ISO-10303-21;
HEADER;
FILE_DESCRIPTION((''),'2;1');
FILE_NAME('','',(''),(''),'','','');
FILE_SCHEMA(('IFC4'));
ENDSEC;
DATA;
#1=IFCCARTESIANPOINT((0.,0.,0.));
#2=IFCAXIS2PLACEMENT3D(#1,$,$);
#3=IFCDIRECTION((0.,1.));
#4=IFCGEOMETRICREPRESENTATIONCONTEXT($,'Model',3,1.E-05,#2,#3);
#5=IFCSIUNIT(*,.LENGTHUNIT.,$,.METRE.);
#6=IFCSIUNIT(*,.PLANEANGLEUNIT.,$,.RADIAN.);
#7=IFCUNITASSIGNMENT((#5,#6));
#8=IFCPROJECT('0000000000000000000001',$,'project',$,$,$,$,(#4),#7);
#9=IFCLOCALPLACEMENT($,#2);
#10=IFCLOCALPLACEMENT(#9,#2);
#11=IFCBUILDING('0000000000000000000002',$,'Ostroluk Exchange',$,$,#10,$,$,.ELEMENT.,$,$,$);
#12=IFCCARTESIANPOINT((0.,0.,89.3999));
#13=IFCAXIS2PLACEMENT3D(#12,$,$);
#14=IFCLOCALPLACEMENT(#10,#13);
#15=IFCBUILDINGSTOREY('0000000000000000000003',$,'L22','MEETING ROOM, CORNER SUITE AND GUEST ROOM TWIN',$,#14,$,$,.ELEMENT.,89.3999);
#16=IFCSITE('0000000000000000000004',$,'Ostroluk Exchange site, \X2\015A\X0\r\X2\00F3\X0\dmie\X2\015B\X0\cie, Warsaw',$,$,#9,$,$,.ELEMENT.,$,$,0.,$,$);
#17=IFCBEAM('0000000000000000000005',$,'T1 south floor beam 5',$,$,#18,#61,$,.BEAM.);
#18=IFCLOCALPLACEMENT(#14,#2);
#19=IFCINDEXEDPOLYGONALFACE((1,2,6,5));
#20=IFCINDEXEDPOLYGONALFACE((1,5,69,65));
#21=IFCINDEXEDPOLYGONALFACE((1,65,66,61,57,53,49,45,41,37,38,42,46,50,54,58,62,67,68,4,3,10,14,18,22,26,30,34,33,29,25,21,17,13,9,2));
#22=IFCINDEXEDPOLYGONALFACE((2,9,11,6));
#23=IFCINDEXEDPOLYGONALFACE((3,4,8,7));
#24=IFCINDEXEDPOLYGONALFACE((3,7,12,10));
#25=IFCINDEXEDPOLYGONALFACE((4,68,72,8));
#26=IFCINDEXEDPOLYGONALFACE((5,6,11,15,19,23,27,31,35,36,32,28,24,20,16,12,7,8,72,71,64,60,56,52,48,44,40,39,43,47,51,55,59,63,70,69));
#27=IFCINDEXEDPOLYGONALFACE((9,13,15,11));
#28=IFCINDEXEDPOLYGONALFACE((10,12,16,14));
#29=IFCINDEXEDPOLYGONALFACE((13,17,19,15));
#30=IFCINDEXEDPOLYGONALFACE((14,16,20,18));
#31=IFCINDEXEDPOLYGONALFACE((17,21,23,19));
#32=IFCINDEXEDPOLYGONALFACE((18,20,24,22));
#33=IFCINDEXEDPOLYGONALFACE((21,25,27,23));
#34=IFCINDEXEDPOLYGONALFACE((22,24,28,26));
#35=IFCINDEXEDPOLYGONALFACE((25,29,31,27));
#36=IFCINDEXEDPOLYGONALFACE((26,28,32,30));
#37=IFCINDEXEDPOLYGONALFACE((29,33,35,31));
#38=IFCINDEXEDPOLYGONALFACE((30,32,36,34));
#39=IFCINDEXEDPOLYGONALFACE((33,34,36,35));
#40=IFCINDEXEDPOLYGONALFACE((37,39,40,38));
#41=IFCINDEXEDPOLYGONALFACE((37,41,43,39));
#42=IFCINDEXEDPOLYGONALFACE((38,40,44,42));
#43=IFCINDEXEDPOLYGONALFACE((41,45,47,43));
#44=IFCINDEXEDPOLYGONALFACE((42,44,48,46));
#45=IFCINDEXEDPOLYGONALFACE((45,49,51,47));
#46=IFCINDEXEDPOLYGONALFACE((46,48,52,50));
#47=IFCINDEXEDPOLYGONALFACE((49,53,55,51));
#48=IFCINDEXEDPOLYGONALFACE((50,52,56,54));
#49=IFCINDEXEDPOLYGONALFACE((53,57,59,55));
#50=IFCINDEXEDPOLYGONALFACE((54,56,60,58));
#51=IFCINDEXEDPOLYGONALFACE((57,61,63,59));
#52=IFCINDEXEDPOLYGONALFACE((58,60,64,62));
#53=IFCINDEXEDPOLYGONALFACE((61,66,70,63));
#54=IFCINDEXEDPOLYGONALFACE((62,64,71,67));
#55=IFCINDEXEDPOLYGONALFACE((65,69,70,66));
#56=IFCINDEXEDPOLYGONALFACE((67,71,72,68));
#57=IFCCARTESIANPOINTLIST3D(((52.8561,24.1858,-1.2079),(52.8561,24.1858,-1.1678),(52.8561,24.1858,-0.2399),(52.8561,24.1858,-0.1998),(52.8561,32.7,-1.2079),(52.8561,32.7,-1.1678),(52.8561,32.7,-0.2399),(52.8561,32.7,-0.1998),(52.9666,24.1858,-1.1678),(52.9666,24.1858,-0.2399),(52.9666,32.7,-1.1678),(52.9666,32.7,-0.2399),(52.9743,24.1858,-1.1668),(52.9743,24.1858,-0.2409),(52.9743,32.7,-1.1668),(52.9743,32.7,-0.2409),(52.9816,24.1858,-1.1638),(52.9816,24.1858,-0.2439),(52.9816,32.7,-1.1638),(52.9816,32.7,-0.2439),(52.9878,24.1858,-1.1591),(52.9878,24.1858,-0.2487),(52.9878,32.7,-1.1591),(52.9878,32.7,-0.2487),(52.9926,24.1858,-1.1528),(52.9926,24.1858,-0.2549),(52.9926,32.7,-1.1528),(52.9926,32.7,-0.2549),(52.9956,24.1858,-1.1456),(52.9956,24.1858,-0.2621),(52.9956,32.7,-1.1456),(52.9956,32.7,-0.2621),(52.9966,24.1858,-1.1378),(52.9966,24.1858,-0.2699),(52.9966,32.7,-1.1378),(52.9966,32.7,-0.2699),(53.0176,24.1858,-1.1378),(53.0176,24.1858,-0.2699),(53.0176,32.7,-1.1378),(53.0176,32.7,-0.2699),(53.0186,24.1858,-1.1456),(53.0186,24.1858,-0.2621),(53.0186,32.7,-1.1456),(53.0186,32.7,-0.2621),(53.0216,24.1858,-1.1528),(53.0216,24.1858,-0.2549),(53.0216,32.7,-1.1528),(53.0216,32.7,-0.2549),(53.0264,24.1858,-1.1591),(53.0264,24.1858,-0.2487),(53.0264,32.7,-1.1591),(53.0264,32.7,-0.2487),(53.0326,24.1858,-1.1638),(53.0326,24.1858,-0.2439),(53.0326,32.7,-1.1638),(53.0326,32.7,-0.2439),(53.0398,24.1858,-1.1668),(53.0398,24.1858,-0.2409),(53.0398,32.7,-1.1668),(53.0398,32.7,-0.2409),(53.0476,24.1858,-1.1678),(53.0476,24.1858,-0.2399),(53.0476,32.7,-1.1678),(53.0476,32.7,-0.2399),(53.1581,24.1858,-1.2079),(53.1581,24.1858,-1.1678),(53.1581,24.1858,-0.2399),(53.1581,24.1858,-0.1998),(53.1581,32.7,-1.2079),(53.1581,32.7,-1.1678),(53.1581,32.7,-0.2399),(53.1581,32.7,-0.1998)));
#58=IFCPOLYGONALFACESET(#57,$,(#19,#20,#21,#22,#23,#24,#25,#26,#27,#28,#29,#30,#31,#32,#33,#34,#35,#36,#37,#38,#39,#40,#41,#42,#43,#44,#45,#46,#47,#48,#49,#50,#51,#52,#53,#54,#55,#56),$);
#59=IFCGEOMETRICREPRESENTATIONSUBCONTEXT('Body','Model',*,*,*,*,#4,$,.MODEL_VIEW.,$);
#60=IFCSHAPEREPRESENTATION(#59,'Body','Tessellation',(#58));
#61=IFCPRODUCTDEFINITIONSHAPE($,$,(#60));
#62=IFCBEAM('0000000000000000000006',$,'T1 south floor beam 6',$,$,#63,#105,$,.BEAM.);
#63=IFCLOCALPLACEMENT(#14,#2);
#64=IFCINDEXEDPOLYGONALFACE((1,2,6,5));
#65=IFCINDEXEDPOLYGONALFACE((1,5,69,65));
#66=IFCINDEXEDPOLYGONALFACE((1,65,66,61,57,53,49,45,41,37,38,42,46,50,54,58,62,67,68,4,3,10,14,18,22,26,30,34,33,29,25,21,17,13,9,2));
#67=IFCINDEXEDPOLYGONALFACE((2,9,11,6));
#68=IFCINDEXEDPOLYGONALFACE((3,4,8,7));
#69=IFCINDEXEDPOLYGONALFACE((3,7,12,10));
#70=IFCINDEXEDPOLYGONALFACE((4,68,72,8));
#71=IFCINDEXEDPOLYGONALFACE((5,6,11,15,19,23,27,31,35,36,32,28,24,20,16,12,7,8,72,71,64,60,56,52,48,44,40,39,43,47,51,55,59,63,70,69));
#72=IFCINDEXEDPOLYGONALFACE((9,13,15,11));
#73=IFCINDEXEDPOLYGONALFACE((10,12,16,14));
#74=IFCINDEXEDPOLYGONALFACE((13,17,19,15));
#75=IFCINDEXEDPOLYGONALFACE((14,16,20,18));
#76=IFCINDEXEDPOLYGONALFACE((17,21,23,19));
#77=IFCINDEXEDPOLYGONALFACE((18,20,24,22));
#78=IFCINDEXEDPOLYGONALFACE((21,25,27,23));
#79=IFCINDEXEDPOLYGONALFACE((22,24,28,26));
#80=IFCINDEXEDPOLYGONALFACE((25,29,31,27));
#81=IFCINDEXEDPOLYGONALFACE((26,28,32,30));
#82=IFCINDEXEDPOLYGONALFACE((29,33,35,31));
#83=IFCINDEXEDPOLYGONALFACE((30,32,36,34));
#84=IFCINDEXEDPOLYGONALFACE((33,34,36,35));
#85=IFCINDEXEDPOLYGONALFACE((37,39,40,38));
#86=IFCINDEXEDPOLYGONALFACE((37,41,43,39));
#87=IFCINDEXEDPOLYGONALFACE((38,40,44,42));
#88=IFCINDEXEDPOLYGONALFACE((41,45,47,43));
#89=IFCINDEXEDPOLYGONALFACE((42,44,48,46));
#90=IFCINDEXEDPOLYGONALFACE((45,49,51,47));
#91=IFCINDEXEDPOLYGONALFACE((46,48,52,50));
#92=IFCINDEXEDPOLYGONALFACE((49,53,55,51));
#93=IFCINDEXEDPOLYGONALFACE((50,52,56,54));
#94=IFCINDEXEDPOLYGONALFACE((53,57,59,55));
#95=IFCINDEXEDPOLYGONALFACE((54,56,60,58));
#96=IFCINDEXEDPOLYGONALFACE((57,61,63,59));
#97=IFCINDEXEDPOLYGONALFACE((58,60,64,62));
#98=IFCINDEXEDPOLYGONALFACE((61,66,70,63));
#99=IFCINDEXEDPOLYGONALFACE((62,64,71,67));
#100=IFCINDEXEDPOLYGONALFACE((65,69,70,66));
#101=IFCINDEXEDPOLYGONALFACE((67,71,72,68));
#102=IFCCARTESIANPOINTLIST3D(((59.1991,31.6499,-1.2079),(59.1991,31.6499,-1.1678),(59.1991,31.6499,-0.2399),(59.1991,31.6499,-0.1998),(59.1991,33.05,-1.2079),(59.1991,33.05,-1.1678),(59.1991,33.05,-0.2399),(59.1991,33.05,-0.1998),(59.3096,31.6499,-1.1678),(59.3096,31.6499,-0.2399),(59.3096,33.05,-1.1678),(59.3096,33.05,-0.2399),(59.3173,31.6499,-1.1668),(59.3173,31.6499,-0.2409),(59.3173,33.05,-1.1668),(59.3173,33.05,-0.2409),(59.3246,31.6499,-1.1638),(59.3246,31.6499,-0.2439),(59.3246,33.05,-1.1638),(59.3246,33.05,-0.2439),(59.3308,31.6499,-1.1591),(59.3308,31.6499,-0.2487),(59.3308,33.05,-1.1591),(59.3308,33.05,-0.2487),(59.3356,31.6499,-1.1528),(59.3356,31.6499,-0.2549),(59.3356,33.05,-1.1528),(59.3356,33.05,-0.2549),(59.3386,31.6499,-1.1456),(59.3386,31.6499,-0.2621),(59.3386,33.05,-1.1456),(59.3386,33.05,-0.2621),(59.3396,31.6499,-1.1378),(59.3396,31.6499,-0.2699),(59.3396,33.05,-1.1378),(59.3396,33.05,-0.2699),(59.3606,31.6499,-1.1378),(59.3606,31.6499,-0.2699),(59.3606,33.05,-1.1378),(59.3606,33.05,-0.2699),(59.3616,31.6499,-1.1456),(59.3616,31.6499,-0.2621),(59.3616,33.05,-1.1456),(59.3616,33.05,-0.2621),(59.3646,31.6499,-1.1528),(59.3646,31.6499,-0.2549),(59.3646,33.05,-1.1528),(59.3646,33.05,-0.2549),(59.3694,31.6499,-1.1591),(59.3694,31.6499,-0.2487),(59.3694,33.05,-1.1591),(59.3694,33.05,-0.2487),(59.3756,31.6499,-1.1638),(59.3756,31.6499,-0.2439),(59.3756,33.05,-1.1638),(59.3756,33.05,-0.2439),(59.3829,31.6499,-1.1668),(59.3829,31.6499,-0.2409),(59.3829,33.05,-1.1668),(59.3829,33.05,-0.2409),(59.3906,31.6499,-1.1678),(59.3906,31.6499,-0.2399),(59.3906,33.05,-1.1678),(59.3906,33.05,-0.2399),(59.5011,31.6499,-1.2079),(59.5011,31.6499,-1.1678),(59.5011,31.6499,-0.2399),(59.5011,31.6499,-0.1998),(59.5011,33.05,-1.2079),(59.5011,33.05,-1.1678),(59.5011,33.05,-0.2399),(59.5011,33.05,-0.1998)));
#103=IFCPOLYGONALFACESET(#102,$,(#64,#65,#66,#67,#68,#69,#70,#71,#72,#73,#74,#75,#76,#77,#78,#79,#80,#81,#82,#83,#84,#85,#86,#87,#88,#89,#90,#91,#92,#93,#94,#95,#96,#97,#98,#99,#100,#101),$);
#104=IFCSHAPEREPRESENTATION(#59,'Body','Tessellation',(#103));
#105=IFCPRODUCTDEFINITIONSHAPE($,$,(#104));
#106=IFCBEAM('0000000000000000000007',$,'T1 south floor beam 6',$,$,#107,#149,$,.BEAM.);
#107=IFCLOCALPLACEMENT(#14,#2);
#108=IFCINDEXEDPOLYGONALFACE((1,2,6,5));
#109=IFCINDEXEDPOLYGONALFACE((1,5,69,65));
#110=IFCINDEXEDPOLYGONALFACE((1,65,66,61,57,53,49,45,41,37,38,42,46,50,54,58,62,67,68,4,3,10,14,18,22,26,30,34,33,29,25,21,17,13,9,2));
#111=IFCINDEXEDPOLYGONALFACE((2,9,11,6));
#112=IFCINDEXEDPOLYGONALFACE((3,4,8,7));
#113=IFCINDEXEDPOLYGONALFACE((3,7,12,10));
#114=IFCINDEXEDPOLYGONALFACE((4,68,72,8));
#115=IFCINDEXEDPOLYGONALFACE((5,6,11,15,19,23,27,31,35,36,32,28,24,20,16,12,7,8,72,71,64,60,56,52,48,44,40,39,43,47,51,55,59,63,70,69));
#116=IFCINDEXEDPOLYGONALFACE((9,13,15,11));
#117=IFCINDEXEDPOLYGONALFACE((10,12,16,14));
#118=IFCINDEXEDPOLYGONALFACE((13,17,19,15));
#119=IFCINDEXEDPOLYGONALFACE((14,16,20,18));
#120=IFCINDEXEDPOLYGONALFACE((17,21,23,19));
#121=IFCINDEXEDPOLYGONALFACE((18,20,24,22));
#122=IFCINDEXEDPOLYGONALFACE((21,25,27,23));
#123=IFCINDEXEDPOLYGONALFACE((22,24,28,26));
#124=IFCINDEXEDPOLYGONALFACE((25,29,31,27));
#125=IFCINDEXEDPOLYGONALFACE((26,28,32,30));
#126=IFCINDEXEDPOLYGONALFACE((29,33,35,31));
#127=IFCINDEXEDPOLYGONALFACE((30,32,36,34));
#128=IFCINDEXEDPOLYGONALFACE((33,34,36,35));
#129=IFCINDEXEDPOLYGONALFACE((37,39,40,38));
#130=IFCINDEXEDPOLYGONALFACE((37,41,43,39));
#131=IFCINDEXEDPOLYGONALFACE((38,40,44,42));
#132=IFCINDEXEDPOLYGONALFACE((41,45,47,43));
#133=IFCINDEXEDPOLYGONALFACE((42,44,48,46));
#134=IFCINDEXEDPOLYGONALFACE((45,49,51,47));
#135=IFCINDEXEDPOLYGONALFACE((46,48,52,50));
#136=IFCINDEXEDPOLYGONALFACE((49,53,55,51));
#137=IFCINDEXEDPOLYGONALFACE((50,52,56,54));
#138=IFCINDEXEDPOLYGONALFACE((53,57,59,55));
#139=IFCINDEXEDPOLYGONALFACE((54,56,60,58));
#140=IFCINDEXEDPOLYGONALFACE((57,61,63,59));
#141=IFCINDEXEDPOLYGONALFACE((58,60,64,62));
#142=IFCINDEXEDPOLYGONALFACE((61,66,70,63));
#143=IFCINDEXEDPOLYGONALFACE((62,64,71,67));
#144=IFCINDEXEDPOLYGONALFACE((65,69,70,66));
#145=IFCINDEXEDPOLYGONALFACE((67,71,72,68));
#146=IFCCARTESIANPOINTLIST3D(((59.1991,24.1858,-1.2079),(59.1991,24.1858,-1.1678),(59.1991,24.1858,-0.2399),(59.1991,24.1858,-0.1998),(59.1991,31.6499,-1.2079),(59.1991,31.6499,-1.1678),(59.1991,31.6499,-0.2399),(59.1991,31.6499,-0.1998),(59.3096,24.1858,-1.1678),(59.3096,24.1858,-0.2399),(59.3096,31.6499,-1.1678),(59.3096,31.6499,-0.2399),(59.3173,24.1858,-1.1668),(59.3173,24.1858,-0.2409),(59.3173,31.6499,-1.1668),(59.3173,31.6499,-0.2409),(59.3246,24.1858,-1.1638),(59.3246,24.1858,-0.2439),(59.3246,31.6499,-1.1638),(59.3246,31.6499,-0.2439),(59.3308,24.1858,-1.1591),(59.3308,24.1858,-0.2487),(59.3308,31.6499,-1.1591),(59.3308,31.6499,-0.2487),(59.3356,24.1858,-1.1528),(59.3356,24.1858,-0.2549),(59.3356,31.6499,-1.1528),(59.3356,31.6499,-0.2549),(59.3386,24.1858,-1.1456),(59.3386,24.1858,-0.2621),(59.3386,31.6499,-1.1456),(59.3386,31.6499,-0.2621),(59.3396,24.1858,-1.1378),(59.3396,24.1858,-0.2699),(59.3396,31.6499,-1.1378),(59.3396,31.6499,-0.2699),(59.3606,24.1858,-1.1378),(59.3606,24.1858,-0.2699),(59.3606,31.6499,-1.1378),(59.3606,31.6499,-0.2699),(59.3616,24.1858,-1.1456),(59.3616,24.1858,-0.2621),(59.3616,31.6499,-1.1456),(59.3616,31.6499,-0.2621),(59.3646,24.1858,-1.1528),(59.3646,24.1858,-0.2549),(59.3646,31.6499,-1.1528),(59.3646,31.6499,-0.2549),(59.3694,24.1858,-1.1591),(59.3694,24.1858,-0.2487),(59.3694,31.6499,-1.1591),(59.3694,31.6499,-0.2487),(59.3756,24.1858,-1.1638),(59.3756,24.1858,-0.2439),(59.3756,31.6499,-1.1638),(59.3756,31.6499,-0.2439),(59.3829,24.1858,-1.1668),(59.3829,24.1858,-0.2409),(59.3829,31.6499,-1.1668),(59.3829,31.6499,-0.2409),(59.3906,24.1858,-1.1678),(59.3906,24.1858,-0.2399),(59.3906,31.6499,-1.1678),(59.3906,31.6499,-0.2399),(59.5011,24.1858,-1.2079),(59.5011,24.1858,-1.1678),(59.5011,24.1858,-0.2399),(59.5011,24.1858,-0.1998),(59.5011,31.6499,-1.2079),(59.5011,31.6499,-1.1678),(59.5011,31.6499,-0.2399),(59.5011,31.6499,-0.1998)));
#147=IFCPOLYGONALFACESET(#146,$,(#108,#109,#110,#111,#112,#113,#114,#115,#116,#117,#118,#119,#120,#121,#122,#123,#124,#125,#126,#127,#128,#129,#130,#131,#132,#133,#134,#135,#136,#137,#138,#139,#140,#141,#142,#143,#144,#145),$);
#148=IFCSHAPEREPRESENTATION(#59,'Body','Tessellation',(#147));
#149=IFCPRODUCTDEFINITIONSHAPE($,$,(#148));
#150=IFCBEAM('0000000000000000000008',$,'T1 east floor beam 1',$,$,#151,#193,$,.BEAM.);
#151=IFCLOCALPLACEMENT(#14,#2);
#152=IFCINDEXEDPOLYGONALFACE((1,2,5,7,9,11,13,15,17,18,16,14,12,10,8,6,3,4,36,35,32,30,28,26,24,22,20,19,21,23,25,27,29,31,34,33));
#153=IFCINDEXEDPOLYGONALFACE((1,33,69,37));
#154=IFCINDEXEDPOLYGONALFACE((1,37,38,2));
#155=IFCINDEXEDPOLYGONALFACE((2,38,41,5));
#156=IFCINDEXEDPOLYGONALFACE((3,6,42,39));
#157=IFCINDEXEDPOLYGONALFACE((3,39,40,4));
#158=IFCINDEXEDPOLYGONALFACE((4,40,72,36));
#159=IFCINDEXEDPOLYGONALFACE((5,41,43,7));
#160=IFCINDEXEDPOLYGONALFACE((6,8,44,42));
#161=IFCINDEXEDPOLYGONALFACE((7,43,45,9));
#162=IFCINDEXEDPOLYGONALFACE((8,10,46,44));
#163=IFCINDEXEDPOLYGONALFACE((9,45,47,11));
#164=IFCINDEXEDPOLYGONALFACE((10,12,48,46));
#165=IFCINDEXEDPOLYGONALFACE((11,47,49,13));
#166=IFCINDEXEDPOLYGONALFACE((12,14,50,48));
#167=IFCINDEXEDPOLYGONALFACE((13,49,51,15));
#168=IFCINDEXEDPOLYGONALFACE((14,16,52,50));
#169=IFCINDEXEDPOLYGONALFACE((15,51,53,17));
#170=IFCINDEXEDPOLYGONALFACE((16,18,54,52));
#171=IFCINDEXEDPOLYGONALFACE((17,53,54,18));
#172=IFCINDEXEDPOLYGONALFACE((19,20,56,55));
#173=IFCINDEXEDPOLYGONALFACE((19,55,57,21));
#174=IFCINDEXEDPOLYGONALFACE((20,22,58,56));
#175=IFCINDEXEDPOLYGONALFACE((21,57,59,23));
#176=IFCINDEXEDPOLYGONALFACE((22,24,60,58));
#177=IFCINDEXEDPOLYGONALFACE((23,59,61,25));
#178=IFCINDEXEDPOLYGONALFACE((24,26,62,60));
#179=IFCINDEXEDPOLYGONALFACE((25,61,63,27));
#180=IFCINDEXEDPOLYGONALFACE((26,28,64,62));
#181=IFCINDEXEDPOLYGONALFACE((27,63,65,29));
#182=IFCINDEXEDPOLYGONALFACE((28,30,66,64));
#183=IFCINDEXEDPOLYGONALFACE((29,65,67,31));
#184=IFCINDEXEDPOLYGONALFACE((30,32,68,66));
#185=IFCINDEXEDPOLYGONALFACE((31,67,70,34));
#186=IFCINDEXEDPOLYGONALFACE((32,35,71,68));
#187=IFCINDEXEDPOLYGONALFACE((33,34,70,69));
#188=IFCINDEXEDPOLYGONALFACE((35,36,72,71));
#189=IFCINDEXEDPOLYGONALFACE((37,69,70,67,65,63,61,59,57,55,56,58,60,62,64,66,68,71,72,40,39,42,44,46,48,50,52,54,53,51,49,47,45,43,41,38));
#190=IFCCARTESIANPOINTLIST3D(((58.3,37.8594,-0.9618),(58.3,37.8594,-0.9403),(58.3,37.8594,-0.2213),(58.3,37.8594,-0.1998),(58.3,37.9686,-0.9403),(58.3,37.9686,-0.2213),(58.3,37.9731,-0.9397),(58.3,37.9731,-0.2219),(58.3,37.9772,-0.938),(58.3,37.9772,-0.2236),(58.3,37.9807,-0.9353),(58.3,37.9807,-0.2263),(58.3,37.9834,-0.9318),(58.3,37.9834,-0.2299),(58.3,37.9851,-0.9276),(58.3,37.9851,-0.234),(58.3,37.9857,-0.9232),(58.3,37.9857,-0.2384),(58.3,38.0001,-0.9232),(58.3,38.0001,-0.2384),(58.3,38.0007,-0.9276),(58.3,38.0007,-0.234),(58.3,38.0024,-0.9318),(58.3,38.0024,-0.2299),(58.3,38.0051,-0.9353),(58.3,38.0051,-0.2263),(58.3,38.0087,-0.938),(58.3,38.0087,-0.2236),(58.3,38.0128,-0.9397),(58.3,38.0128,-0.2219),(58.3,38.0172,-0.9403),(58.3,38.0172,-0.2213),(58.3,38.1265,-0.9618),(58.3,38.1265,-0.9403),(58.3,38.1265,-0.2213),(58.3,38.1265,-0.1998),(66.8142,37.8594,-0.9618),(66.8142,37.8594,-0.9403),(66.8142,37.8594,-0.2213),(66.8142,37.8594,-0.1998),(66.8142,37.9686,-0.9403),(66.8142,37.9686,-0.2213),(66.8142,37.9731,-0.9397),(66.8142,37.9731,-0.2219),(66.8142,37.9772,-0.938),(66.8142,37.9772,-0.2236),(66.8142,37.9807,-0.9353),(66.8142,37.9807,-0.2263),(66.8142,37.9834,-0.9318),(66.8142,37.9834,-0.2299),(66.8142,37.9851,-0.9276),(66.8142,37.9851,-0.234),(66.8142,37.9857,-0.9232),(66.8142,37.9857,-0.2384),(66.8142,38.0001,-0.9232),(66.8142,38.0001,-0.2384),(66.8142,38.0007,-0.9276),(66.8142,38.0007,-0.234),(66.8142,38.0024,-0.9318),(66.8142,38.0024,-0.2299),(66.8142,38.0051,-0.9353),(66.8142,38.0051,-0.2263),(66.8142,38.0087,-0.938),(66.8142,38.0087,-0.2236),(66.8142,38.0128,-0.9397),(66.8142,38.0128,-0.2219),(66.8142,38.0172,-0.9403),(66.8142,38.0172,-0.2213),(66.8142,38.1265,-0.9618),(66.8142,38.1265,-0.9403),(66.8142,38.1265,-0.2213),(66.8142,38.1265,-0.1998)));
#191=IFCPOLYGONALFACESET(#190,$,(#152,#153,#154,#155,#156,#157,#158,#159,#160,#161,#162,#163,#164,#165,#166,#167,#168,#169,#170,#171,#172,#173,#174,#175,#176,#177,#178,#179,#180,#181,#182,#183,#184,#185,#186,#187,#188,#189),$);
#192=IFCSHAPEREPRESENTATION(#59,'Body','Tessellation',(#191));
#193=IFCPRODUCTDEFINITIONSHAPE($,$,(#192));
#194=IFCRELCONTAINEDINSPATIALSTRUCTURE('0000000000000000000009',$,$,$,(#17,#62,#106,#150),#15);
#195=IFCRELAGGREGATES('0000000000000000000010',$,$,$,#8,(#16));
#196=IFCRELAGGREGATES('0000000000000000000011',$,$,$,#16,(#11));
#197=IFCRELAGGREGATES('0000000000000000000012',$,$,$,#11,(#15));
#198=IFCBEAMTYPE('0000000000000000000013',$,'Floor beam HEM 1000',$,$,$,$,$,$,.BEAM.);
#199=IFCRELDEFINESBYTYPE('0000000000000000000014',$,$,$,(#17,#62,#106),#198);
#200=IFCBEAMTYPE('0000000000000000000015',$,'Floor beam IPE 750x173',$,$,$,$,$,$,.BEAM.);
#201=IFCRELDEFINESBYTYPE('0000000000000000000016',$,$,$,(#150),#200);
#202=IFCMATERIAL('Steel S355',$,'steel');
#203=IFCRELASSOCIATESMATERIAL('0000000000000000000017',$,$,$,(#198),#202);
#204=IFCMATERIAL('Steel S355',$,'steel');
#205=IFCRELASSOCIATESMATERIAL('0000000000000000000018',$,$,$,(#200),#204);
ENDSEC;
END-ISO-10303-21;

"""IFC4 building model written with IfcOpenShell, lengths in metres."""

from ifc_helpers import new_model, si_unit, direction, frame, origin, origin_2d, place, context, subcontext, project, spatial, i_section, extrude, material, material_profile, profile_set, type_object, element, save


model = new_model("IFC4")

# Units and contexts
model_context = context("Model", 3, precision=1e-05, world=origin(), true_north=direction((0.0, 1.0)))
body_context = subcontext(model_context, "Body", "Model", "MODEL_VIEW")
ifc_project = project(units=[si_unit("LENGTHUNIT", "METRE"), si_unit("PLANEANGLEUNIT", "RADIAN")], contexts=[model_context])

# Site, building, storey
site_placement = place(None, origin())
site = spatial("IfcSite", under=ifc_project, at=site_placement, Name="Ostroluk Exchange site, Śródmieście, Warsaw", CompositionType="ELEMENT", RefElevation=0.0)
building_placement = place(site_placement, origin())
building = spatial("IfcBuilding", under=site, at=building_placement, Name="Ostroluk Exchange", CompositionType="ELEMENT")
storey_placement = place(building_placement, frame((0.0, 0.0, 89.3999)))
storey = spatial("IfcBuildingStorey", under=building, at=storey_placement, Name="L22", Description="MEETING ROOM, CORNER SUITE AND GUEST ROOM TWIN", CompositionType="ELEMENT", Elevation=89.3999)

# Beams
ifc_material_1 = material(Name="Steel S355", Category="steel")
ifc_material_profile_1 = material_profile(ifc_material_1, i_section(OverallWidth=0.302, OverallDepth=1.0081, WebThickness=0.021, FlangeThickness=0.04, FilletRadius=0.03, at=origin_2d()), Name="HEM 1000")
ifc_profile_set_1 = profile_set([ifc_material_profile_1], Name="Steel S355")
beam_type_1 = type_object("IfcBeamType", Name="Floor beam HEM 1000", PredefinedType="BEAM", material=ifc_profile_set_1)
beam_1_placement = place(storey_placement, frame((53.0071, 32.7, -0.7039), z_axis=(0.0, -1.0, 0.0), x_axis=(1.0, 0.0, 0.0)))
element("IfcBeam", 1, at=beam_1_placement, inside=storey, type_object=beam_type_1, Name="T1 south floor beam 5", PredefinedType="BEAM", context=body_context, shape_type="SweptSolid", body=[
    extrude(i_section(OverallWidth=0.302, OverallDepth=1.0081, WebThickness=0.021, FlangeThickness=0.04, FilletRadius=0.03, at=origin_2d()), origin(), (0.0, 0.0, 1.0), 8.5142),
])
beam_2_placement = place(storey_placement, frame((59.3501, 33.05, -0.7039), z_axis=(0.0, -1.0, 0.0), x_axis=(1.0, 0.0, 0.0)))
element("IfcBeam", 2, at=beam_2_placement, inside=storey, type_object=beam_type_1, Name="T1 south floor beam 6", PredefinedType="BEAM", context=body_context, shape_type="SweptSolid", body=[
    extrude(i_section(OverallWidth=0.302, OverallDepth=1.0081, WebThickness=0.021, FlangeThickness=0.04, FilletRadius=0.03, at=origin_2d()), origin(), (0.0, 0.0, 1.0), 1.4001),
])
beam_3_placement = place(storey_placement, frame((59.3501, 31.6499, -0.7039), z_axis=(0.0, -1.0, 0.0), x_axis=(1.0, 0.0, 0.0)))
element("IfcBeam", 3, at=beam_3_placement, inside=storey, type_object=beam_type_1, Name="T1 south floor beam 6", PredefinedType="BEAM", context=body_context, shape_type="SweptSolid", body=[
    extrude(i_section(OverallWidth=0.302, OverallDepth=1.0081, WebThickness=0.021, FlangeThickness=0.04, FilletRadius=0.03, at=origin_2d()), origin(), (0.0, 0.0, 1.0), 7.4641),
])
ifc_material_2 = material(Name="Steel S355", Category="steel")
ifc_material_profile_2 = material_profile(ifc_material_2, i_section(OverallWidth=0.2671, OverallDepth=0.762, WebThickness=0.0144, FlangeThickness=0.0215, FilletRadius=0.0171, at=origin_2d()), Name="IPE 750x173")
ifc_profile_set_2 = profile_set([ifc_material_profile_2], Name="Steel S355")
beam_type_2 = type_object("IfcBeamType", Name="Floor beam IPE 750x173", PredefinedType="BEAM", material=ifc_profile_set_2)
for number, where, z_axis, x_axis, name in (
    (4, (58.3, 37.9929, -0.5808), (1.0, 0.0, 0.0), (0.0, 1.0, 0.0), "T1 east floor beam 1"),
):
    element("IfcBeam", number, at=place(storey_placement, frame(where, z_axis=z_axis, x_axis=x_axis)), inside=storey, type_object=beam_type_2, Name=name, PredefinedType="BEAM", context=body_context, shape_type="SweptSolid", body=[
        extrude(i_section(OverallWidth=0.2671, OverallDepth=0.762, WebThickness=0.0144, FlangeThickness=0.0215, FilletRadius=0.0171, at=origin_2d()), origin(), (0.0, 0.0, 1.0), 8.5142),
    ])

save(model, "model.ifc")
